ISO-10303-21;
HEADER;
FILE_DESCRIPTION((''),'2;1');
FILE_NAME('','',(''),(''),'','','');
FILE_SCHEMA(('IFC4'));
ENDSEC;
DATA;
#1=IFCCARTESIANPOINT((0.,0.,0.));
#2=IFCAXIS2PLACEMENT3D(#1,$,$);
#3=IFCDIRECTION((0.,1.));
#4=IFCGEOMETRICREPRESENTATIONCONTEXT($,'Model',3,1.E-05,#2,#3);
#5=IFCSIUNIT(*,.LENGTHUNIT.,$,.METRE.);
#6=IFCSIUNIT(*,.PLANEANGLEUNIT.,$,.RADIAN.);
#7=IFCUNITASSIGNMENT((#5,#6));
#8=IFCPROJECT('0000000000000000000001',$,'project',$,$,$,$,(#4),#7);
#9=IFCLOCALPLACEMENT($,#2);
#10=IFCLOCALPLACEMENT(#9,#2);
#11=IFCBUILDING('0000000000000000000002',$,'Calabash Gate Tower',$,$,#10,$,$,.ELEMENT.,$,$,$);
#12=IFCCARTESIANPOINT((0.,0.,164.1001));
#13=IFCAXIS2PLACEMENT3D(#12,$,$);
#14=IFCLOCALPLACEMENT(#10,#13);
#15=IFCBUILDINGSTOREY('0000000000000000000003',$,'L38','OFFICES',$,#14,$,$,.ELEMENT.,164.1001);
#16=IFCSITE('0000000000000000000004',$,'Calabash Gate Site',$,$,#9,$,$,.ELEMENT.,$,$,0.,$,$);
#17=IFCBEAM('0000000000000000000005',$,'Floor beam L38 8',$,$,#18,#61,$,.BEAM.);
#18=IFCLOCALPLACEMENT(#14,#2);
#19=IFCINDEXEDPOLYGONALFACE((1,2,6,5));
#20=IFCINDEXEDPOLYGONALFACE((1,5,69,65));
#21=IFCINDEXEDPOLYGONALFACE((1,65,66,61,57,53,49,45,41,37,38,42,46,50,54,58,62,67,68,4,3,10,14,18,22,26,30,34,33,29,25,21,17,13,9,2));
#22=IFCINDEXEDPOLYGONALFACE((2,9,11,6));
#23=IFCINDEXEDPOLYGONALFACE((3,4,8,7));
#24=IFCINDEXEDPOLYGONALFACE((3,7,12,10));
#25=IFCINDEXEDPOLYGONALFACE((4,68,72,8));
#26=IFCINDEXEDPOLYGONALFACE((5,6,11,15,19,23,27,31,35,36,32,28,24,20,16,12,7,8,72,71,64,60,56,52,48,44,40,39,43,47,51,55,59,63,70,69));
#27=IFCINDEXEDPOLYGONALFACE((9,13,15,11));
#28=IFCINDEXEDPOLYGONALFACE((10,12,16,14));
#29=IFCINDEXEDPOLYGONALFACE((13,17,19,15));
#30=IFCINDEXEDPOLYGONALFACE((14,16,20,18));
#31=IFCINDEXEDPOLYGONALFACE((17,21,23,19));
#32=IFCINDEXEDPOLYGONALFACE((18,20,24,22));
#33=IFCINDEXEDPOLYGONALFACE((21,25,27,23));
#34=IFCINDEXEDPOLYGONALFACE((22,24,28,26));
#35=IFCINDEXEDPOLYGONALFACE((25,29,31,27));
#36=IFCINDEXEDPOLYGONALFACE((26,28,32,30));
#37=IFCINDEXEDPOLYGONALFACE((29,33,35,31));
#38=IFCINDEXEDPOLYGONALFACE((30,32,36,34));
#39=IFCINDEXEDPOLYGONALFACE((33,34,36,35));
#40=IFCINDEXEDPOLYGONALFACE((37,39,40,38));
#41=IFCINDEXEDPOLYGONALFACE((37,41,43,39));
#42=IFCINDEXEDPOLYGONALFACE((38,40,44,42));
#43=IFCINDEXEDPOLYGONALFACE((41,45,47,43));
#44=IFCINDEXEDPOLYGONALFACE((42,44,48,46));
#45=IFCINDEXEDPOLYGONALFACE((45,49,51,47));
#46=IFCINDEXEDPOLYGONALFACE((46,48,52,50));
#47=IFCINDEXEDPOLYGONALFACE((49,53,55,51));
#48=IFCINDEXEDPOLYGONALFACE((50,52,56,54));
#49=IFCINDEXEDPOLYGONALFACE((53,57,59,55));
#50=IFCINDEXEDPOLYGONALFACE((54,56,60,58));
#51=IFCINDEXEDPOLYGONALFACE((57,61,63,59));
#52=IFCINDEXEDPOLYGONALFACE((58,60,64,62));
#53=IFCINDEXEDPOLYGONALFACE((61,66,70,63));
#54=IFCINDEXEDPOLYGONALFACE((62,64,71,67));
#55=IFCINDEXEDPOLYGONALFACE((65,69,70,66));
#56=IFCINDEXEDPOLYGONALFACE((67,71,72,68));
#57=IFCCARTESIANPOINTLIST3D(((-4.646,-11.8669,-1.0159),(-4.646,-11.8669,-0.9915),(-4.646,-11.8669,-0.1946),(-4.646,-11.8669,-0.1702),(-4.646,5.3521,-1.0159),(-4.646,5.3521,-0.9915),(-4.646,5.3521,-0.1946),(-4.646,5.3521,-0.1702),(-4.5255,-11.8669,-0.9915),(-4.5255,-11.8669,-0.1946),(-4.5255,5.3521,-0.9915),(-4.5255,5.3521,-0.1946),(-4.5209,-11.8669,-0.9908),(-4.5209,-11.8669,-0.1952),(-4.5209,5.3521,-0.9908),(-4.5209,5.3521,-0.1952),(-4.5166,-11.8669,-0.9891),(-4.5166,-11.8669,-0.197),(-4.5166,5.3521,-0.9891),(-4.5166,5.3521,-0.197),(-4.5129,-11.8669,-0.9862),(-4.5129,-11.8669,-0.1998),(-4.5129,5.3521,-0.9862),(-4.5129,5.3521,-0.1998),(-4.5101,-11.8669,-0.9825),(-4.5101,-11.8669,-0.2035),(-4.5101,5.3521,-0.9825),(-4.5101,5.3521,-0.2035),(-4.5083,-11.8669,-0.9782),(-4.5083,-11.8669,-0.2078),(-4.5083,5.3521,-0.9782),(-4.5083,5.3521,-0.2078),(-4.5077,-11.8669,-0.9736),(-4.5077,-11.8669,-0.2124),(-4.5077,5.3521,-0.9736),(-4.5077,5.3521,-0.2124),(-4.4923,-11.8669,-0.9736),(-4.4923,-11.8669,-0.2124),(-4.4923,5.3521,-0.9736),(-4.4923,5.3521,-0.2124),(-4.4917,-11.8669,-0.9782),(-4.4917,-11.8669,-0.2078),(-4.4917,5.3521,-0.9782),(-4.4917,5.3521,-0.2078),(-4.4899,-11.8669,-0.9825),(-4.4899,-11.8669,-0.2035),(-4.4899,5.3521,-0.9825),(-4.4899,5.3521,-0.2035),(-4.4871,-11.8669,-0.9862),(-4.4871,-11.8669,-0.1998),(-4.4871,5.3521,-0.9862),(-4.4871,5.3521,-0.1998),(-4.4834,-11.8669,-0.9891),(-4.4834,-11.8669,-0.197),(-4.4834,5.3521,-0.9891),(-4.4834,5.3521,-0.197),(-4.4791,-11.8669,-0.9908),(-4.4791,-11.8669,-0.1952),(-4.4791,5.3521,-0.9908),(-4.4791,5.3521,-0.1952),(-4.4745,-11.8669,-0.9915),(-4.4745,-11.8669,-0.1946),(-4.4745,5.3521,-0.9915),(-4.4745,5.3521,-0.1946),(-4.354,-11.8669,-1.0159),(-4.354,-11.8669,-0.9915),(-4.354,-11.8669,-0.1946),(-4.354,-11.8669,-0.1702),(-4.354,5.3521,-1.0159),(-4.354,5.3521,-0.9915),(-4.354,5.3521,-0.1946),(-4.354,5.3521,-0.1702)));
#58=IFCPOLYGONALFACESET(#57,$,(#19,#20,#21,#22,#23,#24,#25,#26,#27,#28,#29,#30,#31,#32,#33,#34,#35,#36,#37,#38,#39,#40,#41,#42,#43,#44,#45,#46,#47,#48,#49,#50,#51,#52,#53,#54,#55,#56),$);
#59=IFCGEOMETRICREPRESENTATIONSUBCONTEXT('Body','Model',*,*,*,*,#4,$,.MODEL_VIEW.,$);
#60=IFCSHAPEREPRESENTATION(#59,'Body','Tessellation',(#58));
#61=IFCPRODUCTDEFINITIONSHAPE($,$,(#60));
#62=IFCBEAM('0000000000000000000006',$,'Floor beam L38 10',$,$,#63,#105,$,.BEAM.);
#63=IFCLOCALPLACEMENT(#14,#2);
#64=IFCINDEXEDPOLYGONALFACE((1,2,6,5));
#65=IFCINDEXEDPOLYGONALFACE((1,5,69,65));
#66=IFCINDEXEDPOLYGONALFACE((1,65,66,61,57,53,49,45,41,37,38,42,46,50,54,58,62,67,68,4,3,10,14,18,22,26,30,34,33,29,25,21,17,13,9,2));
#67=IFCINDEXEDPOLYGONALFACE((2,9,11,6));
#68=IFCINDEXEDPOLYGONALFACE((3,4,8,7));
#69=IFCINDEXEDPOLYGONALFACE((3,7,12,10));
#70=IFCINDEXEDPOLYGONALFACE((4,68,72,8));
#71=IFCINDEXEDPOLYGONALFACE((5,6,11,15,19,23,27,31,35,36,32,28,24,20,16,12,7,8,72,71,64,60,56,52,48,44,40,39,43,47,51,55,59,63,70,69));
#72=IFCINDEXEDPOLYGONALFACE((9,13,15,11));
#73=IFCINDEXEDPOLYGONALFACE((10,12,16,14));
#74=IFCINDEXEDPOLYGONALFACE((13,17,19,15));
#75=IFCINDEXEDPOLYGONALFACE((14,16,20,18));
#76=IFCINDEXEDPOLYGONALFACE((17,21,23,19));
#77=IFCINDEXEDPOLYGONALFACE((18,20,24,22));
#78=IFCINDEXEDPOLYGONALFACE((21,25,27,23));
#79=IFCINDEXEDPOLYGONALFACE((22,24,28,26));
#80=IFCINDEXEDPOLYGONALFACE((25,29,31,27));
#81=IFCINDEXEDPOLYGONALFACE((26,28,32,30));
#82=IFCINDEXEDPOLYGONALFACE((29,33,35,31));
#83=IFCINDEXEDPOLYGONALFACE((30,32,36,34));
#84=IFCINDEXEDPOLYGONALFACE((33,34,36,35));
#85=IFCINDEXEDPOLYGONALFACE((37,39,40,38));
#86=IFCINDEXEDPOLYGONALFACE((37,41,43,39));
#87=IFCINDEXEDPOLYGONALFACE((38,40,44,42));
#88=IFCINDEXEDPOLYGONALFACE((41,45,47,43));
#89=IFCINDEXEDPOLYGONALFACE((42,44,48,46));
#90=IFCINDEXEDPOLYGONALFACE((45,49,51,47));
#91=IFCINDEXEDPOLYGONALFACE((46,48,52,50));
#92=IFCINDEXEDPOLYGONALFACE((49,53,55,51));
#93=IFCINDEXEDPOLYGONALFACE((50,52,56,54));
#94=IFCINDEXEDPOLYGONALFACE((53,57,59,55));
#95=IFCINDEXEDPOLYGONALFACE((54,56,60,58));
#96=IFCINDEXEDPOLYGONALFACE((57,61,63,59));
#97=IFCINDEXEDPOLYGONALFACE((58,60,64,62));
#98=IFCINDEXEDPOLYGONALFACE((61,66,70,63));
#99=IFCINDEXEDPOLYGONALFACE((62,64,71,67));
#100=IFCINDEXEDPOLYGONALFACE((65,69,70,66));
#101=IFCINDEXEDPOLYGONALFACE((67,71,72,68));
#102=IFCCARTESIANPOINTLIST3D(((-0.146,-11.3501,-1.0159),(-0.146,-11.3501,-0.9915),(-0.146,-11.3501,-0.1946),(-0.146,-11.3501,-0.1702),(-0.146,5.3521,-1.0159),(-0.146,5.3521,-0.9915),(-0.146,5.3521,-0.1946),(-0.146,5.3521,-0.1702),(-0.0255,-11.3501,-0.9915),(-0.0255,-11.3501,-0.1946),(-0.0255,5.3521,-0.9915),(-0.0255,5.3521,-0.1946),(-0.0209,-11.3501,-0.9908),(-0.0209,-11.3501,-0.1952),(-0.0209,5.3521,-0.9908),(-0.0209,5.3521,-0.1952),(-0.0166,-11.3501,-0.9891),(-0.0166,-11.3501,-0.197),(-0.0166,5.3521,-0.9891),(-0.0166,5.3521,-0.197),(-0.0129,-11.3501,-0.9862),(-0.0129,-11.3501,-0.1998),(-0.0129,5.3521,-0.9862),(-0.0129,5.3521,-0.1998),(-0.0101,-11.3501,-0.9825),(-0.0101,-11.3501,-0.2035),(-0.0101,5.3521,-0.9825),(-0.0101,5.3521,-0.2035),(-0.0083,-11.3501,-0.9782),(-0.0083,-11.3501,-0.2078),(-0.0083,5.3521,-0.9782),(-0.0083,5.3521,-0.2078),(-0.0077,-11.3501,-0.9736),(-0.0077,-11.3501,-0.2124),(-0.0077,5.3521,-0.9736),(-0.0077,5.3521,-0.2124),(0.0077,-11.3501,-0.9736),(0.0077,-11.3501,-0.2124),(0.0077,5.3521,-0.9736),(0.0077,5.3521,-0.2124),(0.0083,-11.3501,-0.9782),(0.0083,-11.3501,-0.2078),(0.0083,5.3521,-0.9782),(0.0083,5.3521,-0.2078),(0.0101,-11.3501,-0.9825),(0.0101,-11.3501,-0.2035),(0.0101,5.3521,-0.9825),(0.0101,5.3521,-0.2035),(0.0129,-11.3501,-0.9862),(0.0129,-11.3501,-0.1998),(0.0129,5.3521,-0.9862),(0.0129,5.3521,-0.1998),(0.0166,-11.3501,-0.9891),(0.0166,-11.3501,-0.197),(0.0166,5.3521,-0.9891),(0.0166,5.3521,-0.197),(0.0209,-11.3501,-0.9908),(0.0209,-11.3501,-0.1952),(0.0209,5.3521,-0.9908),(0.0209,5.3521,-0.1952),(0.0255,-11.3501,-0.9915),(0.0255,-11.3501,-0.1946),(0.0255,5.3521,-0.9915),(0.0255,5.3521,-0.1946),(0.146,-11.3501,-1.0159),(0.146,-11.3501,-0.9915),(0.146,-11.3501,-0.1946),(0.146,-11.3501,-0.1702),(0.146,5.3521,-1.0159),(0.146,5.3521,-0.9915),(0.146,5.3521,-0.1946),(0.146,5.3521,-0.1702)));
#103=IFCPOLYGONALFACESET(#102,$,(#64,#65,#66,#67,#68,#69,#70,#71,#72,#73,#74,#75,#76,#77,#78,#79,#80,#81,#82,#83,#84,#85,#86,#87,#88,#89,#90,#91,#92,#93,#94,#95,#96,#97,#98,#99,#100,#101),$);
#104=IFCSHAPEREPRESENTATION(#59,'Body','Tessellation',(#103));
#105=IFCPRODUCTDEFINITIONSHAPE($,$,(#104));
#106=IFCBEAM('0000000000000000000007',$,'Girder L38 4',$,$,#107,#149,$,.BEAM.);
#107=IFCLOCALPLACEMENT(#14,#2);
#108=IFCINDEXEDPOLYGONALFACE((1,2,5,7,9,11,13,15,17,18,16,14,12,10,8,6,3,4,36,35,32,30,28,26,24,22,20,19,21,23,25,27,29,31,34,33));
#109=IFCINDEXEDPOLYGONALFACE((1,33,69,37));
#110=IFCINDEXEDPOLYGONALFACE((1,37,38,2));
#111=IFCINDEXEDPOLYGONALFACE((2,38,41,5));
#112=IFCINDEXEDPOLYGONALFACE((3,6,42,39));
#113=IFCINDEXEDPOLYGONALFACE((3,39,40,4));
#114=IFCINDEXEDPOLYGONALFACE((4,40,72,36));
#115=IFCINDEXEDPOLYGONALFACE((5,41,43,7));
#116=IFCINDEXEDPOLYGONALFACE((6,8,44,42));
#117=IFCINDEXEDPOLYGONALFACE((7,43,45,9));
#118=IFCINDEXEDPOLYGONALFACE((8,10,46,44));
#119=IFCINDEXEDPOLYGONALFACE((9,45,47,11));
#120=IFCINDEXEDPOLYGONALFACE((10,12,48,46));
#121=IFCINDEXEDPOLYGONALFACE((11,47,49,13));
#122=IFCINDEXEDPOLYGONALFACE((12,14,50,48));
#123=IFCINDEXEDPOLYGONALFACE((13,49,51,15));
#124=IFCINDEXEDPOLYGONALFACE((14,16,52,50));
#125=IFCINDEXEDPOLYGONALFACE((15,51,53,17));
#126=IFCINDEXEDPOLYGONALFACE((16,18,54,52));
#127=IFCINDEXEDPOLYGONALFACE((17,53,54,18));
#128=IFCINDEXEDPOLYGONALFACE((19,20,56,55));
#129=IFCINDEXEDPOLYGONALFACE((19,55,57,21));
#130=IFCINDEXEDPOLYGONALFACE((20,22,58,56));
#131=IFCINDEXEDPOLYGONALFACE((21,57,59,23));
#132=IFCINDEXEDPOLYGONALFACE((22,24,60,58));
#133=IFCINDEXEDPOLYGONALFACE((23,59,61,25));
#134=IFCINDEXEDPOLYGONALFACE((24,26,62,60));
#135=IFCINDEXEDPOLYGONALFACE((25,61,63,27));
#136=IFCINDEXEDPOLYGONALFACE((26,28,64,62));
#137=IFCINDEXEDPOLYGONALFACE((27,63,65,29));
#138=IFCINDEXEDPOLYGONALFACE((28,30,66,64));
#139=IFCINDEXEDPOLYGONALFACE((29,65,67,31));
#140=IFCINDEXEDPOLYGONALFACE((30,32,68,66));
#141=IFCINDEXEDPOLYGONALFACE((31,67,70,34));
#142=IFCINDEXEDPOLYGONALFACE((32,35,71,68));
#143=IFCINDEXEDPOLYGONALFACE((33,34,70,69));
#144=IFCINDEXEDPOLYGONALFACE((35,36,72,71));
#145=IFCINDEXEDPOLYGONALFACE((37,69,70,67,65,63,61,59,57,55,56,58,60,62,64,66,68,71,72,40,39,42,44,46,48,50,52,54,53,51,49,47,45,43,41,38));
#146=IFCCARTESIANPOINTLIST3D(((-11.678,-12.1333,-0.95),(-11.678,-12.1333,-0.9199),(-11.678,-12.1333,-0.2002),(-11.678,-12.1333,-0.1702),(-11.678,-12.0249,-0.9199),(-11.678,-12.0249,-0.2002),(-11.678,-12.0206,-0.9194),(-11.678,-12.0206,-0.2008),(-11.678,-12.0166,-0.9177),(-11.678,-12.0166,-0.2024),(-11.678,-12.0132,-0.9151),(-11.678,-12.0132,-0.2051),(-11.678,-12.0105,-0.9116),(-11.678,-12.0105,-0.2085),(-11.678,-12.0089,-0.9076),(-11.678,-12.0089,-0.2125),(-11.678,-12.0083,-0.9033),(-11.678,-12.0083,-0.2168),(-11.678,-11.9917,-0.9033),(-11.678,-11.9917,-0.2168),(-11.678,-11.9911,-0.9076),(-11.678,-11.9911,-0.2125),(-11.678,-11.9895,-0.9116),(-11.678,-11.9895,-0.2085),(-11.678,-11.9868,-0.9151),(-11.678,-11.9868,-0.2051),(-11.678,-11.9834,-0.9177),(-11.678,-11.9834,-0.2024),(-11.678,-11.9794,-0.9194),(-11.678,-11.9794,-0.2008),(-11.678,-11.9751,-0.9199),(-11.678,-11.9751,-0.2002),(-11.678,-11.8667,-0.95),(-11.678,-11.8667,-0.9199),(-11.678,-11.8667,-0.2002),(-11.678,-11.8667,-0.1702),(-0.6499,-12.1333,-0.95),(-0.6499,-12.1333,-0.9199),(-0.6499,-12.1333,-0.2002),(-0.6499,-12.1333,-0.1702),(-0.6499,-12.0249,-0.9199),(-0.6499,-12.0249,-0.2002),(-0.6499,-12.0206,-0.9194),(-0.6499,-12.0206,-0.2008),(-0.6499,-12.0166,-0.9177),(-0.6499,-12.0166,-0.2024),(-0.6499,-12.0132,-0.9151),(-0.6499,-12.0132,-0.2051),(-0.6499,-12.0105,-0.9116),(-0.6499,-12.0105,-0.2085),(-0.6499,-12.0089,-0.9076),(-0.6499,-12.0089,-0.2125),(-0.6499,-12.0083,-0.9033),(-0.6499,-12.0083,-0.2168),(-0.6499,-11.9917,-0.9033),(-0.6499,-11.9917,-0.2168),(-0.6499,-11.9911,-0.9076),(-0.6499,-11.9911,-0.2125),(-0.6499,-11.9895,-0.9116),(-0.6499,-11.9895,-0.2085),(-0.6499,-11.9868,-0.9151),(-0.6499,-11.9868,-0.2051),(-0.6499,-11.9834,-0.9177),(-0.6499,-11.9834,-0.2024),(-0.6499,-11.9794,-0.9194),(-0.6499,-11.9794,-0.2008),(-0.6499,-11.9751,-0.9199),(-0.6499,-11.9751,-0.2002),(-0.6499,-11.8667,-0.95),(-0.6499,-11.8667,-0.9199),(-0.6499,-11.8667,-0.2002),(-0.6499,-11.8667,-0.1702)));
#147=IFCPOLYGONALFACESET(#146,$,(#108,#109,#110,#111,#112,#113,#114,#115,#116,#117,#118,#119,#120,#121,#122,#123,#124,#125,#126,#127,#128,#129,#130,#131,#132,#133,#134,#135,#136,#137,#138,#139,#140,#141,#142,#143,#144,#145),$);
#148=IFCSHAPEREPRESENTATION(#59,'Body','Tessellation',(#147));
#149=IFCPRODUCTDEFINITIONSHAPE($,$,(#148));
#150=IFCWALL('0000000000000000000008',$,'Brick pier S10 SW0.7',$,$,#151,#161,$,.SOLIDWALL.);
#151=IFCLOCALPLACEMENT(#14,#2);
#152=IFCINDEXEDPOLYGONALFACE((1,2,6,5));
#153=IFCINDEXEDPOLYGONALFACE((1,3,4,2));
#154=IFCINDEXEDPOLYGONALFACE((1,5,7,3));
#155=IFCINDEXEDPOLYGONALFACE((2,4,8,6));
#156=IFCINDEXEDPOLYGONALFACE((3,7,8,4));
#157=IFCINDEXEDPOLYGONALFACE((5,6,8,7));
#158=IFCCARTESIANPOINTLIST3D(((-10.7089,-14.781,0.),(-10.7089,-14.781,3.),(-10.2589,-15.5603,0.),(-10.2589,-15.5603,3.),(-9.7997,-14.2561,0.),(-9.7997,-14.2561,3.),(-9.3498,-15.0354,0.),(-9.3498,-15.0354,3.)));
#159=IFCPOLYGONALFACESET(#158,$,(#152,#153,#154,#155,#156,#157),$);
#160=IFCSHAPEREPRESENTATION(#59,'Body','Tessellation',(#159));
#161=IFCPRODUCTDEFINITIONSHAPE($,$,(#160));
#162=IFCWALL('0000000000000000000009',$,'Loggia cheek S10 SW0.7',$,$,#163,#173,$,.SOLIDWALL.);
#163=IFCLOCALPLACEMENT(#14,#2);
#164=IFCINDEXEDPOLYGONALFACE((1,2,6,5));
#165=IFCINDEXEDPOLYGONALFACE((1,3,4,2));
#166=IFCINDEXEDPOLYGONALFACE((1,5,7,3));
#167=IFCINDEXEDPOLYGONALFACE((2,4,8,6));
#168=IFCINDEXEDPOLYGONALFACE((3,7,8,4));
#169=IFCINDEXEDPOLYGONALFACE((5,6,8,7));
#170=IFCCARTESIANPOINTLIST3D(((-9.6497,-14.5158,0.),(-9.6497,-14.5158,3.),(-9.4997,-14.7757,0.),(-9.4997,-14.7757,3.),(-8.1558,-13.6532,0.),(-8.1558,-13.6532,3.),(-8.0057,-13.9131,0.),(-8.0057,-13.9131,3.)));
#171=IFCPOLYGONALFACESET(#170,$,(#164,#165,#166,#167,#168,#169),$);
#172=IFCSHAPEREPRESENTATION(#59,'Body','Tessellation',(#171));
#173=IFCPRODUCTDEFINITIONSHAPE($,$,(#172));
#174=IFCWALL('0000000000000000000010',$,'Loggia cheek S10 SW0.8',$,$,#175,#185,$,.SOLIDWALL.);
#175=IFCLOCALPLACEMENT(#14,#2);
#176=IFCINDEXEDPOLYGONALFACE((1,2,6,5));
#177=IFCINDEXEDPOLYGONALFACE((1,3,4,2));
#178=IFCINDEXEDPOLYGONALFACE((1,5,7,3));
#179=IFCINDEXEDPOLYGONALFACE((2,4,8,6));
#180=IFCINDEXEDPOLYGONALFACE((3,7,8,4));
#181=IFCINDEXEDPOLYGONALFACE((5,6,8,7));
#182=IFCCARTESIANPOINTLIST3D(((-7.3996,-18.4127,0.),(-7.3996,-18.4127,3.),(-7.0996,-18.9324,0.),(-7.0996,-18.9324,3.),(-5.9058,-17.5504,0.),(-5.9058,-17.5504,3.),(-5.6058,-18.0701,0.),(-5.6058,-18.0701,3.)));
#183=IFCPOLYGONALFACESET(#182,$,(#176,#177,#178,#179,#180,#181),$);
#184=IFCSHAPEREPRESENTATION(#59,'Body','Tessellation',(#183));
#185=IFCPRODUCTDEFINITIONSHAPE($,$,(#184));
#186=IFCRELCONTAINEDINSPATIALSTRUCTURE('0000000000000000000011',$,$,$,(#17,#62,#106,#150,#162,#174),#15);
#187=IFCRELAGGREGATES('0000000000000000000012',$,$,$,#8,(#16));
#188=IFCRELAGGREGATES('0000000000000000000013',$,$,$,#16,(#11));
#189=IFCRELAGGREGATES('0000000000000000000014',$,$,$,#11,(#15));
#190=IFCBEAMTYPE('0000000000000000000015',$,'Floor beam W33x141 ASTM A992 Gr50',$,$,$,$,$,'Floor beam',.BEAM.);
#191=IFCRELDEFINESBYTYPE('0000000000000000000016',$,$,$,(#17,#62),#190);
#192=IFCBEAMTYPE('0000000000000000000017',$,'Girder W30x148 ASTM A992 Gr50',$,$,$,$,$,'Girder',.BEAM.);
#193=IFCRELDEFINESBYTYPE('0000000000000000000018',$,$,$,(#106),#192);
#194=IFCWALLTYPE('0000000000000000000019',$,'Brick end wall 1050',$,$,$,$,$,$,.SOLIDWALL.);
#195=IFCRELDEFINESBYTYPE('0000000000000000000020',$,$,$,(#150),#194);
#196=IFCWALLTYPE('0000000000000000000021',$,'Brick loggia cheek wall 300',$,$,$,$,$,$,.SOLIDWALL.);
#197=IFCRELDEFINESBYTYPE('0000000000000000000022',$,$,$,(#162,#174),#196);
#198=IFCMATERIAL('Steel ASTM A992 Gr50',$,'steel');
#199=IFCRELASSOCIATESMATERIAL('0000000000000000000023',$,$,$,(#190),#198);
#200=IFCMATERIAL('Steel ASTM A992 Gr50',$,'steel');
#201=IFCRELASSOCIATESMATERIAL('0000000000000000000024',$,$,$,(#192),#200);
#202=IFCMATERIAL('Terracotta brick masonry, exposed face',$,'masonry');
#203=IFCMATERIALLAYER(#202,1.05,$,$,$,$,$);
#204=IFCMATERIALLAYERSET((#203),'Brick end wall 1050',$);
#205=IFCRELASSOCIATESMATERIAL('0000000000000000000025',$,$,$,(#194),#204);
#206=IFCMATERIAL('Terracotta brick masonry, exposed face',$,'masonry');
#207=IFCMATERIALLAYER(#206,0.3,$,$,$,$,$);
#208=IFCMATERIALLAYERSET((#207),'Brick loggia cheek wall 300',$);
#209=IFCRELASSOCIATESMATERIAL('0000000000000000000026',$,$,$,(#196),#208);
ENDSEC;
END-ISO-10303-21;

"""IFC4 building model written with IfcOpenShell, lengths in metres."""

from ifc_helpers import new_model, si_unit, direction, frame, frame_2d, origin, origin_2d, place, context, subcontext, project, spatial, rectangle, i_section, extrude, material, layer, layer_set, material_profile, profile_set, type_object, element, save


model = new_model("IFC4")

# Units and contexts
model_context = context("Model", 3, precision=1e-05, world=origin(), true_north=direction((0.0, 1.0)))
body_context = subcontext(model_context, "Body", "Model", "MODEL_VIEW")
ifc_project = project(units=[si_unit("LENGTHUNIT", "METRE"), si_unit("PLANEANGLEUNIT", "RADIAN")], contexts=[model_context])

# Site, building, storey
site_placement = place(None, origin())
site = spatial("IfcSite", under=ifc_project, at=site_placement, Name="Calabash Gate Site", CompositionType="ELEMENT", RefElevation=0.0)
building_placement = place(site_placement, origin())
building = spatial("IfcBuilding", under=site, at=building_placement, Name="Calabash Gate Tower", CompositionType="ELEMENT")
storey_placement = place(building_placement, frame((0.0, 0.0, 164.1001)))
storey = spatial("IfcBuildingStorey", under=building, at=storey_placement, Name="L38", Description="OFFICES", CompositionType="ELEMENT", Elevation=164.1001)

# Beams
ifc_material_1 = material(Name="Steel ASTM A992 Gr50", Category="steel")
ifc_material_profile_1 = material_profile(ifc_material_1, i_section(OverallWidth=0.292, OverallDepth=0.8457, WebThickness=0.0154, FlangeThickness=0.0244, FilletRadius=0.0178, at=origin_2d()))
ifc_profile_set_1 = profile_set([ifc_material_profile_1], Name="Steel ASTM A992 Gr50")
beam_type_1 = type_object("IfcBeamType", Name="Floor beam W33x141 ASTM A992 Gr50", ElementType="Floor beam", PredefinedType="BEAM", material=ifc_profile_set_1)
beam_1_placement = place(storey_placement, frame((-4.5, -11.8669, -0.593), z_axis=(0.0, 1.0, 0.0), x_axis=(-1.0, 0.0, 0.0)))
element("IfcBeam", 1, at=beam_1_placement, inside=storey, type_object=beam_type_1, Name="Floor beam L38 8", PredefinedType="BEAM", context=body_context, shape_type="SweptSolid", body=[
    extrude(i_section(OverallWidth=0.292, OverallDepth=0.8457, WebThickness=0.0154, FlangeThickness=0.0244, FilletRadius=0.0178, at=origin_2d()), origin(), (0.0, 0.0, 1.0), 17.219),
])
beam_2_placement = place(storey_placement, frame((0.0, -11.3501, -0.593), z_axis=(0.0, 1.0, 0.0), x_axis=(-1.0, 0.0, 0.0)))
element("IfcBeam", 2, at=beam_2_placement, inside=storey, type_object=beam_type_1, Name="Floor beam L38 10", PredefinedType="BEAM", context=body_context, shape_type="SweptSolid", body=[
    extrude(i_section(OverallWidth=0.292, OverallDepth=0.8457, WebThickness=0.0154, FlangeThickness=0.0244, FilletRadius=0.0178, at=origin_2d()), origin(), (0.0, 0.0, 1.0), 16.7021),
])
ifc_material_2 = material(Name="Steel ASTM A992 Gr50", Category="steel")
ifc_material_profile_2 = material_profile(ifc_material_2, i_section(OverallWidth=0.2666, OverallDepth=0.7798, WebThickness=0.0166, FlangeThickness=0.03, FilletRadius=0.0166, at=origin_2d()))
ifc_profile_set_2 = profile_set([ifc_material_profile_2], Name="Steel ASTM A992 Gr50")
beam_type_2 = type_object("IfcBeamType", Name="Girder W30x148 ASTM A992 Gr50", ElementType="Girder", PredefinedType="BEAM", material=ifc_profile_set_2)
beam_3_placement = place(storey_placement, frame((-11.678, -12.0, -0.5601), z_axis=(1.0, 0.0, 0.0), x_axis=(0.0, 1.0, 0.0)))
element("IfcBeam", 3, at=beam_3_placement, inside=storey, type_object=beam_type_2, Name="Girder L38 4", PredefinedType="BEAM", context=body_context, shape_type="SweptSolid", body=[
    extrude(i_section(OverallWidth=0.2666, OverallDepth=0.7798, WebThickness=0.0166, FlangeThickness=0.03, FilletRadius=0.0166, at=origin_2d()), origin(), (0.0, 0.0, 1.0), 11.0281),
])

# Walls
ifc_material_3 = material(Name="Terracotta brick masonry, exposed face", Category="masonry")
ifc_layer_1 = layer(ifc_material_3, 1.05)
ifc_layer_set_1 = layer_set([ifc_layer_1], Name="Brick end wall 1050")
wall_type_1 = type_object("IfcWallType", Name="Brick end wall 1050", PredefinedType="SOLIDWALL", material=ifc_layer_set_1)
wall_1_placement = place(storey_placement, frame((-10.4839, -15.1707, 0.0), z_axis=(0.0, 0.0, 1.0), x_axis=(0.866031, 0.499991, 0.0)))
element("IfcWall", 4, at=wall_1_placement, inside=storey, type_object=wall_type_1, Name="Brick pier S10 SW0.7", PredefinedType="SOLIDWALL", context=body_context, shape_type="SweptSolid", body=[
    extrude(rectangle(XDim=1.0498, YDim=0.8999, at=frame_2d((0.5249, 0.0))), origin(), (0.0, 0.0, 1.0), 3.0),
])
ifc_material_4 = material(Name="Terracotta brick masonry, exposed face", Category="masonry")
ifc_layer_2 = layer(ifc_material_4, 0.3)
ifc_layer_set_2 = layer_set([ifc_layer_2], Name="Brick loggia cheek wall 300")
wall_type_2 = type_object("IfcWallType", Name="Brick loggia cheek wall 300", PredefinedType="SOLIDWALL", material=ifc_layer_set_2)
wall_2_placement = place(storey_placement, frame((-9.5747, -14.6458, 0.0), z_axis=(0.0, 0.0, 1.0), x_axis=(0.866014, 0.500021, 0.0)))
element("IfcWall", 5, at=wall_2_placement, inside=storey, type_object=wall_type_2, Name="Loggia cheek S10 SW0.7", PredefinedType="SOLIDWALL", context=body_context, shape_type="SweptSolid", body=[
    extrude(rectangle(XDim=1.7251, YDim=0.3, at=frame_2d((0.8625, 0.0))), origin(), (0.0, 0.0, 1.0), 3.0),
])
wall_3_placement = place(storey_placement, frame((-5.7559, -17.8103, 0.0), z_axis=(0.0, 0.0, 1.0), x_axis=(-0.866075, -0.499914, 0.0)))
element("IfcWall", 6, at=wall_3_placement, inside=storey, type_object=wall_type_2, Name="Loggia cheek S10 SW0.8", PredefinedType="SOLIDWALL", context=body_context, shape_type="SweptSolid", body=[
    extrude(rectangle(XDim=1.7249, YDim=0.6001, at=frame_2d((0.8623, 0.0))), origin(), (0.0, 0.0, 1.0), 3.0),
])

save(model, "model.ifc")
